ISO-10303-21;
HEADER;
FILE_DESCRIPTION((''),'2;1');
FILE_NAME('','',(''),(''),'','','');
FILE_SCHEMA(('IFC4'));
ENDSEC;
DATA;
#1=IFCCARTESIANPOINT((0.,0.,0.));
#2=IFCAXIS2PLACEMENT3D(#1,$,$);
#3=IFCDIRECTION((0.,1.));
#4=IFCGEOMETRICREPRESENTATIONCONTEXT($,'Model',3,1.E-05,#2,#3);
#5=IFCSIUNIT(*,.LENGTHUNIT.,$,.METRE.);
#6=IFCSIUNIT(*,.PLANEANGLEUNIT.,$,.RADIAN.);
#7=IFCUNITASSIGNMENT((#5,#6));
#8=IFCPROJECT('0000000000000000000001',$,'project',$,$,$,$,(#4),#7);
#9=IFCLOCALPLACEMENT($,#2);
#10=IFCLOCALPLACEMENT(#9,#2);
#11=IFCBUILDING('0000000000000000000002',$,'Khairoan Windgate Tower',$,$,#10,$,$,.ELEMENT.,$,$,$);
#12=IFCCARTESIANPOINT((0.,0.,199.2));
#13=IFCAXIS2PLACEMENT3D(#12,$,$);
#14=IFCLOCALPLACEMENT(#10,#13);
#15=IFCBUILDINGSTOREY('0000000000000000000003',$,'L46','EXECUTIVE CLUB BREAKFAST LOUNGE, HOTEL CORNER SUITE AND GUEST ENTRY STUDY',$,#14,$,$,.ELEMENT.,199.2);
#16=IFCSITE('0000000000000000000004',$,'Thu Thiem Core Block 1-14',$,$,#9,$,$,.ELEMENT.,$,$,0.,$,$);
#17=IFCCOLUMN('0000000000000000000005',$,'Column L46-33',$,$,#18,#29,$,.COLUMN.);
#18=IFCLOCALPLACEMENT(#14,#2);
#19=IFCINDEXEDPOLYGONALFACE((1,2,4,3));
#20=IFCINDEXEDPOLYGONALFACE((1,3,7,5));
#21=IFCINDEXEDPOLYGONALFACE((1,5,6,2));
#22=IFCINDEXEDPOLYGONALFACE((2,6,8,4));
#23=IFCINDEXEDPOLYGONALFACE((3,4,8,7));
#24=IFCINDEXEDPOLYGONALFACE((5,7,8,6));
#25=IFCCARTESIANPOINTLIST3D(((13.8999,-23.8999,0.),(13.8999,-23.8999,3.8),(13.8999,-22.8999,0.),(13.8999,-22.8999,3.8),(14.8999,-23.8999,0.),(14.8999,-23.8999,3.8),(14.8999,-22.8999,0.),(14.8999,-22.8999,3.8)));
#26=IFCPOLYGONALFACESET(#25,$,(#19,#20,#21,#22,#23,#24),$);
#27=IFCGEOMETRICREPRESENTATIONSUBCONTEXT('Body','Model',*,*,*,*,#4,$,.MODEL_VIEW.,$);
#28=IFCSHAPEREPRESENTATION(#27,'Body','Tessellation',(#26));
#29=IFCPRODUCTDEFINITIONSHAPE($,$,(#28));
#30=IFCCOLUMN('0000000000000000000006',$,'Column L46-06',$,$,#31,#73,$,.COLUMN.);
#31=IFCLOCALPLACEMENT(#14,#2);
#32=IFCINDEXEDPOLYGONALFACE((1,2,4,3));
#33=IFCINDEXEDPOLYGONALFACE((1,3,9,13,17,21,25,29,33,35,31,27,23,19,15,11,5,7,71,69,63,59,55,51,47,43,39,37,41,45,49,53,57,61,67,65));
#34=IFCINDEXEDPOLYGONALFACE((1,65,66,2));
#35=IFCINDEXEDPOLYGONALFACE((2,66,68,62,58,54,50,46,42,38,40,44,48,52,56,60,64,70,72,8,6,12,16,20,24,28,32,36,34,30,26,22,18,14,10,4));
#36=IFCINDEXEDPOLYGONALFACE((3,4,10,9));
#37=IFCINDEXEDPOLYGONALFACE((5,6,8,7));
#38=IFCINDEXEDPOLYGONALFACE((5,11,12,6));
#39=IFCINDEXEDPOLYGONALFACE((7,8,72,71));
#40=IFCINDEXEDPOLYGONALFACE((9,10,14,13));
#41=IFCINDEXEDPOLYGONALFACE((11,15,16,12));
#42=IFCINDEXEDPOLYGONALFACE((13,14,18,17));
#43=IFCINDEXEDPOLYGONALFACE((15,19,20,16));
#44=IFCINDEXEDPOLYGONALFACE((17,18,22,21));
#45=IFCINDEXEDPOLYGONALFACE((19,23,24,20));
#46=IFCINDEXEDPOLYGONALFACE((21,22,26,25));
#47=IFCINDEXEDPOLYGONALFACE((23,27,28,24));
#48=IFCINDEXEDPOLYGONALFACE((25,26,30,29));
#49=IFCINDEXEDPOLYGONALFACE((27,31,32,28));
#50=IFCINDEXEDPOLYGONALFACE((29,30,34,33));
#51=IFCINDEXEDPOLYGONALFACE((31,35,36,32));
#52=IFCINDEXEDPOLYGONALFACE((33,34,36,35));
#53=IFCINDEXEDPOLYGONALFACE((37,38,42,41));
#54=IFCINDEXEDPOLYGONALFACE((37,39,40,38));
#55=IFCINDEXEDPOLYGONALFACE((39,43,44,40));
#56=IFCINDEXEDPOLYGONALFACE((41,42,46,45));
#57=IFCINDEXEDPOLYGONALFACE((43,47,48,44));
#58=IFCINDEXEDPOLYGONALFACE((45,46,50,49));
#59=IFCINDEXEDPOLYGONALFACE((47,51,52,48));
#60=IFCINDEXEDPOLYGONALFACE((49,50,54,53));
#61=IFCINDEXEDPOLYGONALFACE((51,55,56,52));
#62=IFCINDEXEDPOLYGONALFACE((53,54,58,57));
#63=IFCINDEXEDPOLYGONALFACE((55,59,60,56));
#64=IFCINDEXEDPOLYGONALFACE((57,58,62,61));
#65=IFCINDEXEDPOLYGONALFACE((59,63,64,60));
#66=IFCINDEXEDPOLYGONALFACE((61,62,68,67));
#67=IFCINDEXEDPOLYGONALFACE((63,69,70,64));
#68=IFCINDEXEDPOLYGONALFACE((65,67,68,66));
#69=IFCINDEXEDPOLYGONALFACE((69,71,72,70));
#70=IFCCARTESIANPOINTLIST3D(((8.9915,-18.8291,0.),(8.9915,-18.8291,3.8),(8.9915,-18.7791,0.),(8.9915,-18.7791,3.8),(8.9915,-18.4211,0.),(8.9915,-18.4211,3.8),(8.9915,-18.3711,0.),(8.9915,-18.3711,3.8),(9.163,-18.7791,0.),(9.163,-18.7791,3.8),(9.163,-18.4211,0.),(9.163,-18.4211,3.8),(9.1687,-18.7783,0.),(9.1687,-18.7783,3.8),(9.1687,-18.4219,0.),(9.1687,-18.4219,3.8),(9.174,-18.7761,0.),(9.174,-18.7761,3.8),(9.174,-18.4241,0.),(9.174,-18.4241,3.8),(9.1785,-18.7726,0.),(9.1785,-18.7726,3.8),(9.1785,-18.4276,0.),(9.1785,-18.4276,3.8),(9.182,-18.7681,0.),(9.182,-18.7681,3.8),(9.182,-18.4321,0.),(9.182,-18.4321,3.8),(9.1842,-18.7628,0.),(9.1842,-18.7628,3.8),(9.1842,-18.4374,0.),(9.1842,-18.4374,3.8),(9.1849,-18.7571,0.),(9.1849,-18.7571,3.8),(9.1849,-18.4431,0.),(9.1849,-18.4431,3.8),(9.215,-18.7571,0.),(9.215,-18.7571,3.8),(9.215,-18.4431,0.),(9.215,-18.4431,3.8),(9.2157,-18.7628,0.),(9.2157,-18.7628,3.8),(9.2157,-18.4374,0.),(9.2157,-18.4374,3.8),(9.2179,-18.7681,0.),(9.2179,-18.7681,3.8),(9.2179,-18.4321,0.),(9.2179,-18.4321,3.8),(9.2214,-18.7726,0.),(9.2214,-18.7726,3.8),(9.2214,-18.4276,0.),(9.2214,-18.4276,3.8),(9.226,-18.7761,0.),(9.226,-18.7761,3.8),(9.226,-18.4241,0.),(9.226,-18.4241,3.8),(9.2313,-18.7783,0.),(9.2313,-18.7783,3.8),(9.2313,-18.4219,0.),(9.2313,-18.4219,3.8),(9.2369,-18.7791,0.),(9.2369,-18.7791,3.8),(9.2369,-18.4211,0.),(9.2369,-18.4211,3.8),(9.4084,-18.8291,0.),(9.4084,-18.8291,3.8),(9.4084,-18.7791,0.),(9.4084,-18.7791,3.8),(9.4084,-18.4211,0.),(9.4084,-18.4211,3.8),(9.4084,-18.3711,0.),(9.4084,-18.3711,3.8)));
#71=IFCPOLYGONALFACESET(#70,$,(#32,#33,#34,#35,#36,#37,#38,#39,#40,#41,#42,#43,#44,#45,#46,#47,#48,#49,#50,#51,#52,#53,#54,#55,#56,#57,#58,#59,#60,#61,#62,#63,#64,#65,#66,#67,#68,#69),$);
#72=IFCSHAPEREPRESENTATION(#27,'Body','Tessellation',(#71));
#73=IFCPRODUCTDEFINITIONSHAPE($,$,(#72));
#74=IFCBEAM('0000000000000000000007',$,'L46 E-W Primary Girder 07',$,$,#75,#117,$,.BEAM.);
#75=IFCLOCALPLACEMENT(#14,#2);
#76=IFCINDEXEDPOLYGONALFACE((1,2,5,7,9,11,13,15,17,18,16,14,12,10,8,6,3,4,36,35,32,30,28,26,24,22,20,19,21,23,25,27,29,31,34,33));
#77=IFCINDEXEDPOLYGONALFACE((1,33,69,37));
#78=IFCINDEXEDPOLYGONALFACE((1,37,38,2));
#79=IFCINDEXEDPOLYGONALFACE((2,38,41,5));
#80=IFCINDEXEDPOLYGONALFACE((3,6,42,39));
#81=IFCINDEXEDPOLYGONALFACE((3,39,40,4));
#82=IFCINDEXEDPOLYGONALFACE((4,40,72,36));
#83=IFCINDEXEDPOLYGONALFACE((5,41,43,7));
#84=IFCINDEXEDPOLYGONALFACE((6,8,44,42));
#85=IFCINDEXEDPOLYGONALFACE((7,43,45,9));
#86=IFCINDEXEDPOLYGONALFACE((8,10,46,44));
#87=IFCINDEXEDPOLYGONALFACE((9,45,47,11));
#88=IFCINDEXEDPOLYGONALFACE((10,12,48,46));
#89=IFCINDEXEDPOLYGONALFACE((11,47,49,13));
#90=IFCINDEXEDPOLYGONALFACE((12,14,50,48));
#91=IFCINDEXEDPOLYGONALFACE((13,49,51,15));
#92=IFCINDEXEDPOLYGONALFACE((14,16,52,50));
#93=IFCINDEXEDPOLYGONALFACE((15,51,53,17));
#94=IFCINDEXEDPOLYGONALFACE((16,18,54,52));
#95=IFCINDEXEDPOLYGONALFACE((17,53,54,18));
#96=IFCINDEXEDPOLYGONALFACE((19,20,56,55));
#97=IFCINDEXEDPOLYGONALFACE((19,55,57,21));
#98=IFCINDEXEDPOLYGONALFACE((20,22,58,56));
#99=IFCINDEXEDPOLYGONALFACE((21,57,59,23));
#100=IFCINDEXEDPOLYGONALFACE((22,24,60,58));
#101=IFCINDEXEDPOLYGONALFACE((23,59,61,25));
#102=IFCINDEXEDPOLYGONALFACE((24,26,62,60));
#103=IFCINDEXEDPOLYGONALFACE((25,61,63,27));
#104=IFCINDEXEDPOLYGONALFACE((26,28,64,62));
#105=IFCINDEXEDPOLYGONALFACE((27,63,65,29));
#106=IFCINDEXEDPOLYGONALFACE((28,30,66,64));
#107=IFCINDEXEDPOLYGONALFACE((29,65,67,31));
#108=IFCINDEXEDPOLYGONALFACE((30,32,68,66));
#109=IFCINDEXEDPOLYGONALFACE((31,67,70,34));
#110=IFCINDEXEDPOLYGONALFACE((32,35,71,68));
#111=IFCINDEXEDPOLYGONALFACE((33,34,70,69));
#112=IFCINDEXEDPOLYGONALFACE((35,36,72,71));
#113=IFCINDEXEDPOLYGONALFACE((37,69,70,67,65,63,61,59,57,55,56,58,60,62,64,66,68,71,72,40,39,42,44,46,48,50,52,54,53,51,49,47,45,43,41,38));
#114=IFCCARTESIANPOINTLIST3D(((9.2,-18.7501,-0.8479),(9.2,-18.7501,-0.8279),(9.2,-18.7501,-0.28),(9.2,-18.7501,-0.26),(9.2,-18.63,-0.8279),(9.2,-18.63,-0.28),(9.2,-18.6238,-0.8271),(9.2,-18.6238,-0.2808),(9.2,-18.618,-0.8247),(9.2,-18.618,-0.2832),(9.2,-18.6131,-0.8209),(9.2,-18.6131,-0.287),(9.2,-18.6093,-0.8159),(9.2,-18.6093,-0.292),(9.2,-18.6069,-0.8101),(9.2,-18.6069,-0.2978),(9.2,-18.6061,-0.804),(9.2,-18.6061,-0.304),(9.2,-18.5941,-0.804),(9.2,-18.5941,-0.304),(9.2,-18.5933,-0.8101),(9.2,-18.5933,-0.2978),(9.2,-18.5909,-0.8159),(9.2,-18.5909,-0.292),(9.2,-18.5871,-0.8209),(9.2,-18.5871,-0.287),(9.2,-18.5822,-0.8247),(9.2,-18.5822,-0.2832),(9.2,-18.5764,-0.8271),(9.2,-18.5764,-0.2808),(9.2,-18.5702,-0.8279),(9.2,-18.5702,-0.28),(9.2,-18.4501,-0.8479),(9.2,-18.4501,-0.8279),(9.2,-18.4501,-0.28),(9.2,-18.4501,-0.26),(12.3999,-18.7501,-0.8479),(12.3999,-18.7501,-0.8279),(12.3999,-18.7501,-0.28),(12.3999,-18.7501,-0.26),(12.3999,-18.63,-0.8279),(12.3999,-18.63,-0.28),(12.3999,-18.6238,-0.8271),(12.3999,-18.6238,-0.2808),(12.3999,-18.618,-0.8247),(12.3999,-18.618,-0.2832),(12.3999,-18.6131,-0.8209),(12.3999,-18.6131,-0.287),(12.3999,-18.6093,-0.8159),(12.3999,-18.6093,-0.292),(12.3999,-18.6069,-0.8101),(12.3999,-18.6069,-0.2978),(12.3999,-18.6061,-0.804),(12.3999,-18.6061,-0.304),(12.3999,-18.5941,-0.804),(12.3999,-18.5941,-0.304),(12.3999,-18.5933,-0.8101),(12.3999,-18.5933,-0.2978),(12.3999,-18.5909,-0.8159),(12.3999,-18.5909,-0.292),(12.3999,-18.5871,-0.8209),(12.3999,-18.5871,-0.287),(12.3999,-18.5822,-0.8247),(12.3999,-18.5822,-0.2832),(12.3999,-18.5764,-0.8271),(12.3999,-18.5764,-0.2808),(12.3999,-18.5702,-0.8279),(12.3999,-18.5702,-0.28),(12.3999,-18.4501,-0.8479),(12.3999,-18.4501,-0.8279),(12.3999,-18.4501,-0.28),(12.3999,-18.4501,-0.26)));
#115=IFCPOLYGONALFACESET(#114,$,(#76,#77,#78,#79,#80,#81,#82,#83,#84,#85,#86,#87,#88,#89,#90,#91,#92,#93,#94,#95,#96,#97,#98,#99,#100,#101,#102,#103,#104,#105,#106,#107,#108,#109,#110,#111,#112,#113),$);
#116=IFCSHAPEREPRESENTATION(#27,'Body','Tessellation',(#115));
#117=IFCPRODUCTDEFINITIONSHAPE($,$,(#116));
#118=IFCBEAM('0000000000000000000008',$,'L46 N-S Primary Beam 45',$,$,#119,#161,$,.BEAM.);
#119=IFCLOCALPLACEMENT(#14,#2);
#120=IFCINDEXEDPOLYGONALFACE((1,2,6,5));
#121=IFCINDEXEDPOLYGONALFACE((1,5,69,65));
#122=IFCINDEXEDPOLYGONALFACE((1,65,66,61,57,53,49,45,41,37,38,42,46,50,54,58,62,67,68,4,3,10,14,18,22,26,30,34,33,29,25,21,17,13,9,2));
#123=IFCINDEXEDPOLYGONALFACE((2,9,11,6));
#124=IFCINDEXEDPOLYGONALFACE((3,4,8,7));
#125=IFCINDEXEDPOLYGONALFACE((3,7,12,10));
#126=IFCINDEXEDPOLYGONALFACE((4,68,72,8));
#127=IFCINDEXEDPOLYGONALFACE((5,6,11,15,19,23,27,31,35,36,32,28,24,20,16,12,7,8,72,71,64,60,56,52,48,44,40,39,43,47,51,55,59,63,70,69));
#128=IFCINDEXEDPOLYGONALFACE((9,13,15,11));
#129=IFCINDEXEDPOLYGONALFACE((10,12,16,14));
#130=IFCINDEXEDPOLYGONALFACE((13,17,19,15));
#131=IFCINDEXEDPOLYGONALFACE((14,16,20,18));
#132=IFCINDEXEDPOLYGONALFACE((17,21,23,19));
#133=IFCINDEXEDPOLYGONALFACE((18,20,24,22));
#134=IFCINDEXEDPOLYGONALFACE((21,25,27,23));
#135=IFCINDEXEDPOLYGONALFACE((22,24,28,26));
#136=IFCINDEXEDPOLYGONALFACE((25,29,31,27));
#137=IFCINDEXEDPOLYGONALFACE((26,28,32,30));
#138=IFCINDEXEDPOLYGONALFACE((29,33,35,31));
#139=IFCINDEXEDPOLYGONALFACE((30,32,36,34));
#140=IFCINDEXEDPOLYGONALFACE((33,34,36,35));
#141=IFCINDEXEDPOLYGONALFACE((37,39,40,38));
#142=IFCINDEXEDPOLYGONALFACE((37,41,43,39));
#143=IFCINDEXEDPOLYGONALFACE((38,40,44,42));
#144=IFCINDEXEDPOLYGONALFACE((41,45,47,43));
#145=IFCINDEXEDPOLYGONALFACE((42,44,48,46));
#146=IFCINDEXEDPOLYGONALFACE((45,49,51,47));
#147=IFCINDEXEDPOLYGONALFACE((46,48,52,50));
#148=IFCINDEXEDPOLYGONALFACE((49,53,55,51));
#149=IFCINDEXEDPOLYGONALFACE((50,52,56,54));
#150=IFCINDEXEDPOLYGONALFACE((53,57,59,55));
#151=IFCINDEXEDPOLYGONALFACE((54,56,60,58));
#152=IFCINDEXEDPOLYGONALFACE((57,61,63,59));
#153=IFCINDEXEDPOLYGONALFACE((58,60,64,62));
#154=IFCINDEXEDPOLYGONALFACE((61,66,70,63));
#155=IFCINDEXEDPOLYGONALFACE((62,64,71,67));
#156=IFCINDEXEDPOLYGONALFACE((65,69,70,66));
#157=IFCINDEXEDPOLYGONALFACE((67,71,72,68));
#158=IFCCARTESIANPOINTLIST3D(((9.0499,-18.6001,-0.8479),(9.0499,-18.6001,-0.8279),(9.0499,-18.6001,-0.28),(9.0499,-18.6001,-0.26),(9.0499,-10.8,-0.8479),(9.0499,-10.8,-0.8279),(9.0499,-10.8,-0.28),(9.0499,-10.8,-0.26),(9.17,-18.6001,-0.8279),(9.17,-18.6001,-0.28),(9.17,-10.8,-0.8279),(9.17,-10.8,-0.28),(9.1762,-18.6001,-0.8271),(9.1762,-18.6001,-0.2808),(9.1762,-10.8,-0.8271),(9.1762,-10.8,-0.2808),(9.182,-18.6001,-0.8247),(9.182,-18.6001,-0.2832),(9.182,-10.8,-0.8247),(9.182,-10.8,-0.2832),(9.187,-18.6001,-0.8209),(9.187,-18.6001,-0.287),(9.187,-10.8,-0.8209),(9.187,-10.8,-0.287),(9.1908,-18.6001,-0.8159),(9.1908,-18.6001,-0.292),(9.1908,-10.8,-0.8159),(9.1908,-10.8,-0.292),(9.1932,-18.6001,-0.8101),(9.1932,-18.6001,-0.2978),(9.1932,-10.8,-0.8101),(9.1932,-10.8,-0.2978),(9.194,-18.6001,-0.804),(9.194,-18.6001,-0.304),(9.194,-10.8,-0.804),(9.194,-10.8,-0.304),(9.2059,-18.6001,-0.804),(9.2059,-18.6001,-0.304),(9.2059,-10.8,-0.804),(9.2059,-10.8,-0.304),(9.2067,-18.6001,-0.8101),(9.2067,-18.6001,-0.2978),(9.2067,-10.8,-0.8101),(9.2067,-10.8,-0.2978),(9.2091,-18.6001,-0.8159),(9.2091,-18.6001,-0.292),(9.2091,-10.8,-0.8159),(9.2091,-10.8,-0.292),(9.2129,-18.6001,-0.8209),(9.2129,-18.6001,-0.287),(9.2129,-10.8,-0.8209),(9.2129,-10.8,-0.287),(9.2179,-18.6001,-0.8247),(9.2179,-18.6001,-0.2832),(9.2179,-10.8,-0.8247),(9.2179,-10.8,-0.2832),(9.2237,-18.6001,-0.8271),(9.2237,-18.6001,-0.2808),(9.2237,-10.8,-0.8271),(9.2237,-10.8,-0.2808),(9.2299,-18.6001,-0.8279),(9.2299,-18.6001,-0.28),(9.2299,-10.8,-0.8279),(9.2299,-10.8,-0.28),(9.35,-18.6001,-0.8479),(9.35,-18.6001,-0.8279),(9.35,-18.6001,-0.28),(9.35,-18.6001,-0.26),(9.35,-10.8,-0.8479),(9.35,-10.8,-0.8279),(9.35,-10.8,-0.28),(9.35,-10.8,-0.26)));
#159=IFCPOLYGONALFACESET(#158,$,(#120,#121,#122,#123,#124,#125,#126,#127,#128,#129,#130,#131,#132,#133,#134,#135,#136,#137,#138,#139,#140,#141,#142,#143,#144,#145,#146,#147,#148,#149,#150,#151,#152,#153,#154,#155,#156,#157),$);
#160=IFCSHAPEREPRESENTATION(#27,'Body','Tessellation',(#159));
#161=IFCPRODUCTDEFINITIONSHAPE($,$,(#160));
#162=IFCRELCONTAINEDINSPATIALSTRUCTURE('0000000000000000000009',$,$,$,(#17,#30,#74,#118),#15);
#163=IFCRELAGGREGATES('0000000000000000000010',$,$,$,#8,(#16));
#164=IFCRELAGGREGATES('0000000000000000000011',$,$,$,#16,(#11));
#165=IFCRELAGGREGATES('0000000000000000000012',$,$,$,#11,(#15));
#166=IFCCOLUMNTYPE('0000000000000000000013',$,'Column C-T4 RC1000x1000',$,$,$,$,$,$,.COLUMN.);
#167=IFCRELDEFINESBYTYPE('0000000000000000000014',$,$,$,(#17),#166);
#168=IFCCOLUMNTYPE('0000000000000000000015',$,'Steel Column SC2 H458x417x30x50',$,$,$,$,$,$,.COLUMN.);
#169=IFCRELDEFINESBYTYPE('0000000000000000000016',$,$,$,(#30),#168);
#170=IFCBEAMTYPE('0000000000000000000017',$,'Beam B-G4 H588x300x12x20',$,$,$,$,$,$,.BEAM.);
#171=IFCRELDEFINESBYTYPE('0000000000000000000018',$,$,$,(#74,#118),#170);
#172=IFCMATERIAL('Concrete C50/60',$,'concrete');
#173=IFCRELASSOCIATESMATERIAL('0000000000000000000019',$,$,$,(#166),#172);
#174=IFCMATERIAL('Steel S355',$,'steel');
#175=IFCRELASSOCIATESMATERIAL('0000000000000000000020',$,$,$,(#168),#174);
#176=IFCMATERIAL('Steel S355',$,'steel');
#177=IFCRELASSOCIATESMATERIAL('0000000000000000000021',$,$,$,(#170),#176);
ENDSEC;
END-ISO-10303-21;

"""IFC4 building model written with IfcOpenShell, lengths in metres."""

from ifc_helpers import new_model, si_unit, direction, frame, origin, origin_2d, place, context, subcontext, project, spatial, rectangle, i_section, extrude, material, material_profile, profile_set, type_object, element, save


model = new_model("IFC4")

# Units and contexts
model_context = context("Model", 3, precision=1e-05, world=origin(), true_north=direction((0.0, 1.0)))
body_context = subcontext(model_context, "Body", "Model", "MODEL_VIEW")
ifc_project = project(units=[si_unit("LENGTHUNIT", "METRE"), si_unit("PLANEANGLEUNIT", "RADIAN")], contexts=[model_context])

# Site, building, storey
site_placement = place(None, origin())
site = spatial("IfcSite", under=ifc_project, at=site_placement, Name="Thu Thiem Core Block 1-14", CompositionType="ELEMENT", RefElevation=0.0)
building_placement = place(site_placement, origin())
building = spatial("IfcBuilding", under=site, at=building_placement, Name="Khairoan Windgate Tower", CompositionType="ELEMENT")
storey_placement = place(building_placement, frame((0.0, 0.0, 199.2)))
storey = spatial("IfcBuildingStorey", under=building, at=storey_placement, Name="L46", Description="EXECUTIVE CLUB BREAKFAST LOUNGE, HOTEL CORNER SUITE AND GUEST ENTRY STUDY", CompositionType="ELEMENT", Elevation=199.2)

# Columns
ifc_material_1 = material(Name="Concrete C50/60", Category="concrete")
ifc_material_profile_1 = material_profile(ifc_material_1, rectangle(XDim=1.0, YDim=1.0, at=origin_2d()))
ifc_profile_set_1 = profile_set([ifc_material_profile_1], Name="Concrete C50/60")
column_type_1 = type_object("IfcColumnType", Name="Column C-T4 RC1000x1000", PredefinedType="COLUMN", material=ifc_profile_set_1)
column_1_placement = place(storey_placement, frame((14.3999, -23.3999, 0.0), z_axis=(0.0, 0.0, 1.0), x_axis=(1.0, 0.0, 0.0)))
element("IfcColumn", 1, at=column_1_placement, inside=storey, type_object=column_type_1, Name="Column L46-33", PredefinedType="COLUMN", context=body_context, shape_type="SweptSolid", body=[
    extrude(rectangle(XDim=1.0, YDim=1.0, at=origin_2d()), origin(), (0.0, 0.0, 1.0), 3.8),
])
ifc_material_2 = material(Name="Steel S355", Category="steel")
ifc_material_profile_2 = material_profile(ifc_material_2, i_section(OverallWidth=0.417, OverallDepth=0.458, WebThickness=0.03, FlangeThickness=0.05, FilletRadius=0.022, at=origin_2d()))
ifc_profile_set_2 = profile_set([ifc_material_profile_2], Name="Steel S355")
column_type_2 = type_object("IfcColumnType", Name="Steel Column SC2 H458x417x30x50", PredefinedType="COLUMN", material=ifc_profile_set_2)
column_2_placement = place(storey_placement, frame((9.2, -18.6001, 0.0), z_axis=(0.0, 0.0, 1.0), x_axis=(1.0, 0.0, 0.0)))
element("IfcColumn", 2, at=column_2_placement, inside=storey, type_object=column_type_2, Name="Column L46-06", PredefinedType="COLUMN", context=body_context, shape_type="SweptSolid", body=[
    extrude(i_section(OverallWidth=0.417, OverallDepth=0.458, WebThickness=0.03, FlangeThickness=0.05, FilletRadius=0.022, at=origin_2d()), origin(), (0.0, 0.0, 1.0), 3.8),
])

# Beams
ifc_material_3 = material(Name="Steel S355", Category="steel")
ifc_material_profile_3 = material_profile(ifc_material_3, i_section(OverallWidth=0.3, OverallDepth=0.5879, WebThickness=0.012, FlangeThickness=0.02, FilletRadius=0.0239, at=origin_2d()))
ifc_profile_set_3 = profile_set([ifc_material_profile_3], Name="Steel S355")
beam_type = type_object("IfcBeamType", Name="Beam B-G4 H588x300x12x20", PredefinedType="BEAM", material=ifc_profile_set_3)
beam_1_placement = place(storey_placement, frame((9.2, -18.6001, -0.554), z_axis=(1.0, 0.0, 0.0), x_axis=(0.0, 1.0, 0.0)))
element("IfcBeam", 3, at=beam_1_placement, inside=storey, type_object=beam_type, Name="L46 E-W Primary Girder 07", PredefinedType="BEAM", context=body_context, shape_type="SweptSolid", body=[
    extrude(i_section(OverallWidth=0.3, OverallDepth=0.5879, WebThickness=0.012, FlangeThickness=0.02, FilletRadius=0.0239, at=origin_2d()), origin(), (0.0, 0.0, 1.0), 3.2),
])
beam_2_placement = place(storey_placement, frame((9.2, -18.6001, -0.554), z_axis=(0.0, 1.0, 0.0), x_axis=(-1.0, 0.0, 0.0)))
element("IfcBeam", 4, at=beam_2_placement, inside=storey, type_object=beam_type, Name="L46 N-S Primary Beam 45", PredefinedType="BEAM", context=body_context, shape_type="SweptSolid", body=[
    extrude(i_section(OverallWidth=0.3, OverallDepth=0.5879, WebThickness=0.012, FlangeThickness=0.02, FilletRadius=0.0239, at=origin_2d()), origin(), (0.0, 0.0, 1.0), 7.8),
])

save(model, "model.ifc")
